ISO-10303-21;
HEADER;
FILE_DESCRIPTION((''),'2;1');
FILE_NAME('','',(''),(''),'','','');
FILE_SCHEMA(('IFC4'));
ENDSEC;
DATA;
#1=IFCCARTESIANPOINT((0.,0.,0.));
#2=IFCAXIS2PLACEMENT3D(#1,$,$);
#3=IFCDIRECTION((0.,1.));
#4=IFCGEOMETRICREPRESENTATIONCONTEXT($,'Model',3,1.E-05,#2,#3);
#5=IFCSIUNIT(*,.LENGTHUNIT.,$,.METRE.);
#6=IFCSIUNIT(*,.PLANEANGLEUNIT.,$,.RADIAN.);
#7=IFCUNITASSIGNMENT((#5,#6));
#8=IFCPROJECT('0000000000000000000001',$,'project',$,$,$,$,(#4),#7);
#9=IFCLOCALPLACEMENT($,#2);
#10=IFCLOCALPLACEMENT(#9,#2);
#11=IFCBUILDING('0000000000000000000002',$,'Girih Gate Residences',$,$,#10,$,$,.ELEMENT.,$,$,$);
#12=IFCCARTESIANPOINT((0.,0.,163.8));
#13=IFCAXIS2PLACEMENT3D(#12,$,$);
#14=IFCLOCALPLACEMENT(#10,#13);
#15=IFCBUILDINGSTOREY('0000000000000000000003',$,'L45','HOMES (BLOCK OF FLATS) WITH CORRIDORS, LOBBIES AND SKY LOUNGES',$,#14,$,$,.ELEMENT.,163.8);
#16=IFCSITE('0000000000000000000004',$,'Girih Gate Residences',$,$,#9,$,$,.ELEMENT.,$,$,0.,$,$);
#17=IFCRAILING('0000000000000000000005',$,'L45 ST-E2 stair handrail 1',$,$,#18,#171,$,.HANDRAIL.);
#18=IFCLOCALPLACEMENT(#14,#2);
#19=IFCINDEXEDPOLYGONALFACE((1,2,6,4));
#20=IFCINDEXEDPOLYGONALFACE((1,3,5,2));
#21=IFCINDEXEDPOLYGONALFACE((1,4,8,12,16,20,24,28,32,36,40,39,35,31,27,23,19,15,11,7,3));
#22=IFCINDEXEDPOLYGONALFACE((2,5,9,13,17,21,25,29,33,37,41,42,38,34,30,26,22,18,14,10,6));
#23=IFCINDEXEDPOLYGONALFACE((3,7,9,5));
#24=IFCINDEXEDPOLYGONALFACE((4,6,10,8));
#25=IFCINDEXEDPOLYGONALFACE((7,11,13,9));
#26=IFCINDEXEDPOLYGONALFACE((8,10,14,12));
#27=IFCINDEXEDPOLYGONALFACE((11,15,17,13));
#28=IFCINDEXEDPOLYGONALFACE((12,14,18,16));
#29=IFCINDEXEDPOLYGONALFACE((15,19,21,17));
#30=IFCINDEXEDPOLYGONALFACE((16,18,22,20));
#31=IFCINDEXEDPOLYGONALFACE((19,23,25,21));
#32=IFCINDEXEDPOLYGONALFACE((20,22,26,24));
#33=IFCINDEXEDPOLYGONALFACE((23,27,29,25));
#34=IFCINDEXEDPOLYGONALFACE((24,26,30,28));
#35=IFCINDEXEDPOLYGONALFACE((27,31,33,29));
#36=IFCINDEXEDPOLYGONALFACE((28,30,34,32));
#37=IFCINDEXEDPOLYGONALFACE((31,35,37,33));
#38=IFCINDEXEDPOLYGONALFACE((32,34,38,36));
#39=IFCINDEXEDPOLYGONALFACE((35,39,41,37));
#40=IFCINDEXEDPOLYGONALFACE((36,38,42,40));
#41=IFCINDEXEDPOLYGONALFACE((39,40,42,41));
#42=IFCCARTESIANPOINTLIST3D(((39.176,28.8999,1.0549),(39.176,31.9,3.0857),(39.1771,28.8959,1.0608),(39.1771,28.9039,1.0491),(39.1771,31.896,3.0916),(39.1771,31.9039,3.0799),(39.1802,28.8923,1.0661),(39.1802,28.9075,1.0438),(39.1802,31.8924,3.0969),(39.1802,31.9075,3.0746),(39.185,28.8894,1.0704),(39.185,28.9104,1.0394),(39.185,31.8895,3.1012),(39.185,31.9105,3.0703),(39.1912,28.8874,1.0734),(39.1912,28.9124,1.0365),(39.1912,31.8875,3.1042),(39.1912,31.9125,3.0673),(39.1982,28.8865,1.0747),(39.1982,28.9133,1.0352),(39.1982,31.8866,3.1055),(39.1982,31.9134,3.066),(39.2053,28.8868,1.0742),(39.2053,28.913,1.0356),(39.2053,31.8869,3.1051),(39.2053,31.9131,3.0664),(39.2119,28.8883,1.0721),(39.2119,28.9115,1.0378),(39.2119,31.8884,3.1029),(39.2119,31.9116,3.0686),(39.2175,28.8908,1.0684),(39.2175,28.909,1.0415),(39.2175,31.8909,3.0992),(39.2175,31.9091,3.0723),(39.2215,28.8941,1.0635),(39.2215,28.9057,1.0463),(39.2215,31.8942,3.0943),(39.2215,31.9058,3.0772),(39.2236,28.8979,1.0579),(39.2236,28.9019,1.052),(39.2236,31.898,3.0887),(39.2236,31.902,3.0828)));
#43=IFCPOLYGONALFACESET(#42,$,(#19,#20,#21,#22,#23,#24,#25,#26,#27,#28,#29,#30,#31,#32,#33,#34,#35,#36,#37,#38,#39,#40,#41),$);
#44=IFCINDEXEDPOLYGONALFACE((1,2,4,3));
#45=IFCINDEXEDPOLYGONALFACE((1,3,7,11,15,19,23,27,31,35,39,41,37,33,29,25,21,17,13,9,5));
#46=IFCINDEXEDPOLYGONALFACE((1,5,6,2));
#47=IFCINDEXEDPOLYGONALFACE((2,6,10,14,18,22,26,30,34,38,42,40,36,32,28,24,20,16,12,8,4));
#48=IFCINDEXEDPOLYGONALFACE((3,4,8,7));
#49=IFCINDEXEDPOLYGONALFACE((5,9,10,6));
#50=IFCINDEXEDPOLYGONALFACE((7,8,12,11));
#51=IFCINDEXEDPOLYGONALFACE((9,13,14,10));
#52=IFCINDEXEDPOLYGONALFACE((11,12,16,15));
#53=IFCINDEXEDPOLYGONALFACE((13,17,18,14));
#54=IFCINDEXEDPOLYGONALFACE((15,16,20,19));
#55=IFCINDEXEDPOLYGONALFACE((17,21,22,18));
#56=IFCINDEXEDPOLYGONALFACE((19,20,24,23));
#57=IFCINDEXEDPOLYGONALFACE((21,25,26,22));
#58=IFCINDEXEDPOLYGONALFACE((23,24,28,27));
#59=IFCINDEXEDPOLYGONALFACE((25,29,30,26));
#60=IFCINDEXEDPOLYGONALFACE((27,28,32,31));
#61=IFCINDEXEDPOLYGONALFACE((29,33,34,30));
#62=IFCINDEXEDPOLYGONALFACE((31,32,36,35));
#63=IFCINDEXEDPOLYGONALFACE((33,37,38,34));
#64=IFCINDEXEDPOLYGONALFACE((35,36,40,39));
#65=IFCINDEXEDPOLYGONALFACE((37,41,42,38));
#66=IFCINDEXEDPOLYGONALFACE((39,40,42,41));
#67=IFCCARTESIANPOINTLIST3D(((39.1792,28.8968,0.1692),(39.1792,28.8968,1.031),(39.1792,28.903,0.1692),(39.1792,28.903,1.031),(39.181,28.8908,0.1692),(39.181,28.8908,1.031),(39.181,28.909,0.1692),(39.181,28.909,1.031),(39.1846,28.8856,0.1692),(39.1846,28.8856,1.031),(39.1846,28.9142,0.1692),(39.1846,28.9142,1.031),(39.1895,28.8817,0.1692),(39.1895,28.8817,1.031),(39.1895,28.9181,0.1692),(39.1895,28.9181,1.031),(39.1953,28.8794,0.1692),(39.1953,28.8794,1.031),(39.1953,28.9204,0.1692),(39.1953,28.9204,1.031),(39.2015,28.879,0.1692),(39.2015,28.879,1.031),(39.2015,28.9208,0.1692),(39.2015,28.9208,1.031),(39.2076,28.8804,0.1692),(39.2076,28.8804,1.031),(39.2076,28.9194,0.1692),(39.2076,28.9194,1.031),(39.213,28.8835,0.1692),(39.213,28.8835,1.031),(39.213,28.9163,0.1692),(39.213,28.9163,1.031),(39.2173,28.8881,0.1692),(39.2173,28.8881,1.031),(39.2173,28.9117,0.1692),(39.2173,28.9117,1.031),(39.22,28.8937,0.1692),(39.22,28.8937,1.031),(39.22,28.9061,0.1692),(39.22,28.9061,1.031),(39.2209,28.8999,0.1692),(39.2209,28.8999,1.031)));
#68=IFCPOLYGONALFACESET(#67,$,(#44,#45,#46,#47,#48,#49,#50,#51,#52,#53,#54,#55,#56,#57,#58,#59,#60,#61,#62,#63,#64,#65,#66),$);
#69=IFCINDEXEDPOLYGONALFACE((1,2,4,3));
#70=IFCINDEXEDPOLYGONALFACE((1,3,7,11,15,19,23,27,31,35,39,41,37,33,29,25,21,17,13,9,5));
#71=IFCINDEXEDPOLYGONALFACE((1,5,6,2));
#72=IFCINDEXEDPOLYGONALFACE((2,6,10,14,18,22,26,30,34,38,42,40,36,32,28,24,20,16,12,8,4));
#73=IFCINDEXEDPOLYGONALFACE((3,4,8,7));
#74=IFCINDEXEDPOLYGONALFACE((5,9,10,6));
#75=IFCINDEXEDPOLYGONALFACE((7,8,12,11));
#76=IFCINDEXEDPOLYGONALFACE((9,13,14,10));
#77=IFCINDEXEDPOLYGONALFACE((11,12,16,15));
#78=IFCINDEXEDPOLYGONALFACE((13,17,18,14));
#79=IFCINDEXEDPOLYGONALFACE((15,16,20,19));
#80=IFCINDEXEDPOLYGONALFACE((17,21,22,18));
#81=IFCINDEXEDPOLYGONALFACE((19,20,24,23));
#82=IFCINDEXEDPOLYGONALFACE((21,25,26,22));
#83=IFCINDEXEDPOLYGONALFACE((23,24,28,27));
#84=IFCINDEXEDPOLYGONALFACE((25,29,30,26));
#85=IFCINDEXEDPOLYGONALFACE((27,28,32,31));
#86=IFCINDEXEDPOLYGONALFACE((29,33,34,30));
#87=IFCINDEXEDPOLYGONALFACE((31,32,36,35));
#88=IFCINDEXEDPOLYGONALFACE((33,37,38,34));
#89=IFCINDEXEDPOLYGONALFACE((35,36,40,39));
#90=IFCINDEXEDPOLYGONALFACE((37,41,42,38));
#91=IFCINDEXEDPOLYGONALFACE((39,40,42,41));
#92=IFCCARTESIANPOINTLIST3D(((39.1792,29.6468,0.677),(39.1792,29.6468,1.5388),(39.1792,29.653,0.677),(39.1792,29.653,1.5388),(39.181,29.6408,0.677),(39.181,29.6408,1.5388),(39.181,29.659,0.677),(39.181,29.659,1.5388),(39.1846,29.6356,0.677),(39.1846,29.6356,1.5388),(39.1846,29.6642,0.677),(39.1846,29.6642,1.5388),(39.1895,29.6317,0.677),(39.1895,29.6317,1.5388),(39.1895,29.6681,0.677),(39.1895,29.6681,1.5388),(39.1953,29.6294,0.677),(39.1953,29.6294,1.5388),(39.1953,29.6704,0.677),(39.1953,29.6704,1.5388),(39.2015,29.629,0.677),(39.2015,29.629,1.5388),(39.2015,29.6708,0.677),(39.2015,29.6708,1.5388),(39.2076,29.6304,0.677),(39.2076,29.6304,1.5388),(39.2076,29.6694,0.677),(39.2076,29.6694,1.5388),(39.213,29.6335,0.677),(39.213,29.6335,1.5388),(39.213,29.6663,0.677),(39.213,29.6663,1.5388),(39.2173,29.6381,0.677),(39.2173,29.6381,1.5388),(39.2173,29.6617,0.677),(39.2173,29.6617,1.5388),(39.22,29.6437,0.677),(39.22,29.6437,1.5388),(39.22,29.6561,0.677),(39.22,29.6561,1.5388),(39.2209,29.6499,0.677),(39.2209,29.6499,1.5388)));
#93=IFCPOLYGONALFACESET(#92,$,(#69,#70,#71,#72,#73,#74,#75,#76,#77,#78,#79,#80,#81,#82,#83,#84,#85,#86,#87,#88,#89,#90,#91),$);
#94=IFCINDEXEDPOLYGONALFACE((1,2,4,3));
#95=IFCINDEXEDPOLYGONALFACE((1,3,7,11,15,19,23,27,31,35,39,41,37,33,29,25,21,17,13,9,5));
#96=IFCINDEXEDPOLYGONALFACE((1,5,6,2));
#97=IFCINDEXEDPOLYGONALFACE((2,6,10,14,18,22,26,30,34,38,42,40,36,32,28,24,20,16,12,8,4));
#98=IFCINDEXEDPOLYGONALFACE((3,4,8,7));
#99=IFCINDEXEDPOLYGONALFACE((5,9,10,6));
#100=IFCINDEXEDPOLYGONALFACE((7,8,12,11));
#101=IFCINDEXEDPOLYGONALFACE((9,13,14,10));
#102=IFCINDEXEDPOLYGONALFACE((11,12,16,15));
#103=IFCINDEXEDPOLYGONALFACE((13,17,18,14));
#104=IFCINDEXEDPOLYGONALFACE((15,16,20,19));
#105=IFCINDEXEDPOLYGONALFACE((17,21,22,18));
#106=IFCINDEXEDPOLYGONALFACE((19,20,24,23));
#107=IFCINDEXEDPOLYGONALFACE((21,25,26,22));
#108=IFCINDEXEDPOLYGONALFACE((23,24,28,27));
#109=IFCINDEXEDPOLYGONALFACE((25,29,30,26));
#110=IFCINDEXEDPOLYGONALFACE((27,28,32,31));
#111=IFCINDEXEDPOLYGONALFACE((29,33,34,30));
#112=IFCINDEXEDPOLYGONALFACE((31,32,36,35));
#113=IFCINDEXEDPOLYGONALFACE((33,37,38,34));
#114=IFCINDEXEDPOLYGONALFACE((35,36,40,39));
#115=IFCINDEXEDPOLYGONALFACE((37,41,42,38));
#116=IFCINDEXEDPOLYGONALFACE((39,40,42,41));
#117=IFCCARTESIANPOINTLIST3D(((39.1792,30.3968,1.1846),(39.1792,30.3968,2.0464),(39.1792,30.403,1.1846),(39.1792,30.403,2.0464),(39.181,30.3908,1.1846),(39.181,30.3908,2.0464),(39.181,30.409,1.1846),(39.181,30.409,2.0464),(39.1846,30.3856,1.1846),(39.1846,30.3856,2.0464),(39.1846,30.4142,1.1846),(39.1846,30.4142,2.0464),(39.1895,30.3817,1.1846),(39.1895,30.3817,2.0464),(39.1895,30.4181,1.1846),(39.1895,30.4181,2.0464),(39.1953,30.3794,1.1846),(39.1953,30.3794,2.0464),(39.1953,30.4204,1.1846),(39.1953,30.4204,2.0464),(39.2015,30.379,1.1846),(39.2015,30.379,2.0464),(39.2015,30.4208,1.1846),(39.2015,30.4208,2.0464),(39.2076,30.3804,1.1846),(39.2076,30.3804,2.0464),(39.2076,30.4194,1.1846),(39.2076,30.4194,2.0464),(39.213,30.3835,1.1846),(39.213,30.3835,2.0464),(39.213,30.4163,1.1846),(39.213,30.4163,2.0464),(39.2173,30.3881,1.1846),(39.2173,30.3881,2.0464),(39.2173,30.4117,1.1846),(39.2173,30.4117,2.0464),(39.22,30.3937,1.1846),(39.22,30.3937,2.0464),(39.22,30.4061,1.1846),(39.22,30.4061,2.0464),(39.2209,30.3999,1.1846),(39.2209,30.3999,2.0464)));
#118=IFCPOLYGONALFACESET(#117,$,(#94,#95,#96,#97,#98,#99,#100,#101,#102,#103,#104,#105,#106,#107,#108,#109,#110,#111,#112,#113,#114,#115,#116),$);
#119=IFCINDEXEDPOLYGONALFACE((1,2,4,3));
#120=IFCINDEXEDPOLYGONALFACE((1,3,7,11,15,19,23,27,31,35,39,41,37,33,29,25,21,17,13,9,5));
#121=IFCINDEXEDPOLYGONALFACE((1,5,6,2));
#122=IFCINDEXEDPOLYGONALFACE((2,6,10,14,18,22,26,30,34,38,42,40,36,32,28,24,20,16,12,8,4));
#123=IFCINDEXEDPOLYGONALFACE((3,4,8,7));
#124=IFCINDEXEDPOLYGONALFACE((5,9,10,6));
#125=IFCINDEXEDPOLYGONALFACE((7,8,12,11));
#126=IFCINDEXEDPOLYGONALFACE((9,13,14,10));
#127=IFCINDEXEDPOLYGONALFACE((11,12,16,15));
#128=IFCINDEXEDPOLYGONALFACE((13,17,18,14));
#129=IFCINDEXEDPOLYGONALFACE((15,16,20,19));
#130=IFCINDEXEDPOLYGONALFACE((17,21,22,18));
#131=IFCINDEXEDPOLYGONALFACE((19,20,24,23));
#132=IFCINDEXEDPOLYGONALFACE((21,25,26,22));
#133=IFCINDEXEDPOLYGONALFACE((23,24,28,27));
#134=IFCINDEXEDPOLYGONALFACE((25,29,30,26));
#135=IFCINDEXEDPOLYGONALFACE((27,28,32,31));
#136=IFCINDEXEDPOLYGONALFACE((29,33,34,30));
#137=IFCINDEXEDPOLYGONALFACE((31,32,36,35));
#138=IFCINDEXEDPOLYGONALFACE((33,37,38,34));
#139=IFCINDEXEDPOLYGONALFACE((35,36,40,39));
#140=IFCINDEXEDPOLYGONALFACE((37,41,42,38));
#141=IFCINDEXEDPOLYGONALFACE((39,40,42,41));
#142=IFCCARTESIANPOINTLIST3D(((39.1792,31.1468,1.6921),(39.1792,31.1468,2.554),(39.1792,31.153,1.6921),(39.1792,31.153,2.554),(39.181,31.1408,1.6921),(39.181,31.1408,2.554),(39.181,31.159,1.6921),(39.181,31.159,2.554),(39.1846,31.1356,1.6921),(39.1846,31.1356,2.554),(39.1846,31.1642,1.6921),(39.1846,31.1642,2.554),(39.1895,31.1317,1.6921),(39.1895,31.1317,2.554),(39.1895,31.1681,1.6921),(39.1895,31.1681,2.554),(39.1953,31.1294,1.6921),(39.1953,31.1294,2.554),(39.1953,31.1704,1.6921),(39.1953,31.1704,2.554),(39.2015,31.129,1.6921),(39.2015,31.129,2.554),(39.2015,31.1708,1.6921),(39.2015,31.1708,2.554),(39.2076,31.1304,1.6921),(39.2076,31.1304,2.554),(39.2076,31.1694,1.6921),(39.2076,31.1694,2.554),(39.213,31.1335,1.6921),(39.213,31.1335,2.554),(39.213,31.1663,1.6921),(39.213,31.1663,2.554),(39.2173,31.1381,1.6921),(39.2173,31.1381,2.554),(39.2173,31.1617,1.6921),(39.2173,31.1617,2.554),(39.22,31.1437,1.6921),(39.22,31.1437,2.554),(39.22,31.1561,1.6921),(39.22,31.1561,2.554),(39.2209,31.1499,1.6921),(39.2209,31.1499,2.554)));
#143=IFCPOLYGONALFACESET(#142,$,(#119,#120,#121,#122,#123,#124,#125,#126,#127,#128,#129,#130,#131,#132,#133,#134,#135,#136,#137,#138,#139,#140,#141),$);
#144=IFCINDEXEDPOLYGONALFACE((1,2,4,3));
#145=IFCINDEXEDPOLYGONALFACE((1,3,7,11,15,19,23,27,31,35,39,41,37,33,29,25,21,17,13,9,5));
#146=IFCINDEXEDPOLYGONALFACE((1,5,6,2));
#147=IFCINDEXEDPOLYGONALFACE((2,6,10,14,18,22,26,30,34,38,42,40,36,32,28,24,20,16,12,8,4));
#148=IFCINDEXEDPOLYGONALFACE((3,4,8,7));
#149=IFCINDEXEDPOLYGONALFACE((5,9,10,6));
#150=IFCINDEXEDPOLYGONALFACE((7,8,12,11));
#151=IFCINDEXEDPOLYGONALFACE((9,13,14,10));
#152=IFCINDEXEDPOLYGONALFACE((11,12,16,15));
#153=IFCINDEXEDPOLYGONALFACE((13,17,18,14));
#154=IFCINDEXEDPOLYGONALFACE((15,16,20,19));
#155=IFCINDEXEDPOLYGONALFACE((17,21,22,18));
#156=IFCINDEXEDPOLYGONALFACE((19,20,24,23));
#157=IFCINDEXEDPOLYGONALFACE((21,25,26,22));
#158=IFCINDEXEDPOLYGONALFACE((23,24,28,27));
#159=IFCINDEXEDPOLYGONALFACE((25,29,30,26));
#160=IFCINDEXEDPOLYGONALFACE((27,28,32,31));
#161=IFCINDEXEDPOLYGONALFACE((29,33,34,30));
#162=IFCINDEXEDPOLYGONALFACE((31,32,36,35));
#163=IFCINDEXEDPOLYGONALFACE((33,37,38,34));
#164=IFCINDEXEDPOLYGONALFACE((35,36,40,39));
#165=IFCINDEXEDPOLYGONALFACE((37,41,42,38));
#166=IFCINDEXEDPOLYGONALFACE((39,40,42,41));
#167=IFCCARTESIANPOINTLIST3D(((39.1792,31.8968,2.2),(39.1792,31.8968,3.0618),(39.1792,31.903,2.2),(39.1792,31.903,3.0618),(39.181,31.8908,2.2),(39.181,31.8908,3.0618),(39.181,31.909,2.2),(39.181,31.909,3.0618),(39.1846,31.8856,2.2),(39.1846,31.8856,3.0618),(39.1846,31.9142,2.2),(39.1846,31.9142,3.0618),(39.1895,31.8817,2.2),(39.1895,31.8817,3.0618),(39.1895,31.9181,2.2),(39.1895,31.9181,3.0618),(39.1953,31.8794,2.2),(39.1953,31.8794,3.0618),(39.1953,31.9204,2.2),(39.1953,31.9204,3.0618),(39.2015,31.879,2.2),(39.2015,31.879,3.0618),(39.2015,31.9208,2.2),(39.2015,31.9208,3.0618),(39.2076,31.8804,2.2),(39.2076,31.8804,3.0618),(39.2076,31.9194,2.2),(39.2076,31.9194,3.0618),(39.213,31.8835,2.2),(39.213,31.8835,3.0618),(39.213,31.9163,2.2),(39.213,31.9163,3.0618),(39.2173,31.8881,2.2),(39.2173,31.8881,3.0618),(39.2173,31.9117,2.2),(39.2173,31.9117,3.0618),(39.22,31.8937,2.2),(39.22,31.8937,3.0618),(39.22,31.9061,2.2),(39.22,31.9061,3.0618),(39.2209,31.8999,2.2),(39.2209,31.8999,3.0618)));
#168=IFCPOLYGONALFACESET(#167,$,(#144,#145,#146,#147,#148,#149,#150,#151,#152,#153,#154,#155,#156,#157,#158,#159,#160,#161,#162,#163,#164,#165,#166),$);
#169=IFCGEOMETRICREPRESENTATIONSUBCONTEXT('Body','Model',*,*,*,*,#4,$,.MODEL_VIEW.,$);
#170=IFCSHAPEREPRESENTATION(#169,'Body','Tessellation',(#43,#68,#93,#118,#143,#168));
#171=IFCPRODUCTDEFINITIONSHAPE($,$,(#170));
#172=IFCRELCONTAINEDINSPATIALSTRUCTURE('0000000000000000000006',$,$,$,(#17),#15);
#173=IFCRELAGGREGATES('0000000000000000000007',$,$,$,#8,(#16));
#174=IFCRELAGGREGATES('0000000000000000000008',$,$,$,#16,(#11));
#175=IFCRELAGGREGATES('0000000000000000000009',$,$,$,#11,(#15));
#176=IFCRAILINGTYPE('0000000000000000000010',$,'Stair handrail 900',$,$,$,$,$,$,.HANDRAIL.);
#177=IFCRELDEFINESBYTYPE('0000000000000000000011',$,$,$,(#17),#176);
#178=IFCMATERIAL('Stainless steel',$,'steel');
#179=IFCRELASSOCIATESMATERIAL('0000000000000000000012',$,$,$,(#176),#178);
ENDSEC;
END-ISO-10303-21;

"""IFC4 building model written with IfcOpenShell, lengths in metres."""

from ifc_helpers import new_model, si_unit, direction, frame, origin, origin_2d, place, context, subcontext, project, spatial, circle, extrude, material, type_object, element, save


model = new_model("IFC4")

# Units and contexts
model_context = context("Model", 3, precision=1e-05, world=origin(), true_north=direction((0.0, 1.0)))
body_context = subcontext(model_context, "Body", "Model", "MODEL_VIEW")
ifc_project = project(units=[si_unit("LENGTHUNIT", "METRE"), si_unit("PLANEANGLEUNIT", "RADIAN")], contexts=[model_context])

# Site, building, storey
site_placement = place(None, origin())
site = spatial("IfcSite", under=ifc_project, at=site_placement, Name="Girih Gate Residences", CompositionType="ELEMENT", RefElevation=0.0)
building_placement = place(site_placement, origin())
building = spatial("IfcBuilding", under=site, at=building_placement, Name="Girih Gate Residences", CompositionType="ELEMENT")
storey_placement = place(building_placement, frame((0.0, 0.0, 163.8)))
storey = spatial("IfcBuildingStorey", under=building, at=storey_placement, Name="L45", Description="HOMES (BLOCK OF FLATS) WITH CORRIDORS, LOBBIES AND SKY LOUNGES", CompositionType="ELEMENT", Elevation=163.8)

# Railing
ifc_material_1 = material(Name="Stainless steel", Category="steel")
railing_type_1 = type_object("IfcRailingType", Name="Stair handrail 900", PredefinedType="HANDRAIL", material=ifc_material_1)
railing_1_placement = place(storey_placement, frame((39.2, 28.8999, 0.1692)))
element("IfcRailing", 1, at=railing_1_placement, inside=storey, type_object=railing_type_1, Name="L45 ST-E2 stair handrail 1", PredefinedType="HANDRAIL", context=body_context, shape_type="SweptSolid", body=[
    extrude(circle(Radius=0.0239, at=origin_2d()), frame((0.0, 0.0, 0.8857), z_axis=(0.0, 0.82811, 0.560565), x_axis=(-1.0, 0.0, 0.0)), (0.0, 0.0, 1.0), 3.6228),
    extrude(circle(Radius=0.021, at=origin_2d()), origin(), (0.0, 0.0, 1.0), 0.8618),
    extrude(circle(Radius=0.021, at=origin_2d()), frame((0.0, 0.75, 0.5078)), (0.0, 0.0, 1.0), 0.8618),
    extrude(circle(Radius=0.021, at=origin_2d()), frame((0.0, 1.5, 1.0154)), (0.0, 0.0, 1.0), 0.8618),
    extrude(circle(Radius=0.021, at=origin_2d()), frame((0.0, 2.25, 1.5229)), (0.0, 0.0, 1.0), 0.8618),
    extrude(circle(Radius=0.021, at=origin_2d()), frame((0.0, 3.0, 2.0308)), (0.0, 0.0, 1.0), 0.8618),
])

save(model, "model.ifc")
